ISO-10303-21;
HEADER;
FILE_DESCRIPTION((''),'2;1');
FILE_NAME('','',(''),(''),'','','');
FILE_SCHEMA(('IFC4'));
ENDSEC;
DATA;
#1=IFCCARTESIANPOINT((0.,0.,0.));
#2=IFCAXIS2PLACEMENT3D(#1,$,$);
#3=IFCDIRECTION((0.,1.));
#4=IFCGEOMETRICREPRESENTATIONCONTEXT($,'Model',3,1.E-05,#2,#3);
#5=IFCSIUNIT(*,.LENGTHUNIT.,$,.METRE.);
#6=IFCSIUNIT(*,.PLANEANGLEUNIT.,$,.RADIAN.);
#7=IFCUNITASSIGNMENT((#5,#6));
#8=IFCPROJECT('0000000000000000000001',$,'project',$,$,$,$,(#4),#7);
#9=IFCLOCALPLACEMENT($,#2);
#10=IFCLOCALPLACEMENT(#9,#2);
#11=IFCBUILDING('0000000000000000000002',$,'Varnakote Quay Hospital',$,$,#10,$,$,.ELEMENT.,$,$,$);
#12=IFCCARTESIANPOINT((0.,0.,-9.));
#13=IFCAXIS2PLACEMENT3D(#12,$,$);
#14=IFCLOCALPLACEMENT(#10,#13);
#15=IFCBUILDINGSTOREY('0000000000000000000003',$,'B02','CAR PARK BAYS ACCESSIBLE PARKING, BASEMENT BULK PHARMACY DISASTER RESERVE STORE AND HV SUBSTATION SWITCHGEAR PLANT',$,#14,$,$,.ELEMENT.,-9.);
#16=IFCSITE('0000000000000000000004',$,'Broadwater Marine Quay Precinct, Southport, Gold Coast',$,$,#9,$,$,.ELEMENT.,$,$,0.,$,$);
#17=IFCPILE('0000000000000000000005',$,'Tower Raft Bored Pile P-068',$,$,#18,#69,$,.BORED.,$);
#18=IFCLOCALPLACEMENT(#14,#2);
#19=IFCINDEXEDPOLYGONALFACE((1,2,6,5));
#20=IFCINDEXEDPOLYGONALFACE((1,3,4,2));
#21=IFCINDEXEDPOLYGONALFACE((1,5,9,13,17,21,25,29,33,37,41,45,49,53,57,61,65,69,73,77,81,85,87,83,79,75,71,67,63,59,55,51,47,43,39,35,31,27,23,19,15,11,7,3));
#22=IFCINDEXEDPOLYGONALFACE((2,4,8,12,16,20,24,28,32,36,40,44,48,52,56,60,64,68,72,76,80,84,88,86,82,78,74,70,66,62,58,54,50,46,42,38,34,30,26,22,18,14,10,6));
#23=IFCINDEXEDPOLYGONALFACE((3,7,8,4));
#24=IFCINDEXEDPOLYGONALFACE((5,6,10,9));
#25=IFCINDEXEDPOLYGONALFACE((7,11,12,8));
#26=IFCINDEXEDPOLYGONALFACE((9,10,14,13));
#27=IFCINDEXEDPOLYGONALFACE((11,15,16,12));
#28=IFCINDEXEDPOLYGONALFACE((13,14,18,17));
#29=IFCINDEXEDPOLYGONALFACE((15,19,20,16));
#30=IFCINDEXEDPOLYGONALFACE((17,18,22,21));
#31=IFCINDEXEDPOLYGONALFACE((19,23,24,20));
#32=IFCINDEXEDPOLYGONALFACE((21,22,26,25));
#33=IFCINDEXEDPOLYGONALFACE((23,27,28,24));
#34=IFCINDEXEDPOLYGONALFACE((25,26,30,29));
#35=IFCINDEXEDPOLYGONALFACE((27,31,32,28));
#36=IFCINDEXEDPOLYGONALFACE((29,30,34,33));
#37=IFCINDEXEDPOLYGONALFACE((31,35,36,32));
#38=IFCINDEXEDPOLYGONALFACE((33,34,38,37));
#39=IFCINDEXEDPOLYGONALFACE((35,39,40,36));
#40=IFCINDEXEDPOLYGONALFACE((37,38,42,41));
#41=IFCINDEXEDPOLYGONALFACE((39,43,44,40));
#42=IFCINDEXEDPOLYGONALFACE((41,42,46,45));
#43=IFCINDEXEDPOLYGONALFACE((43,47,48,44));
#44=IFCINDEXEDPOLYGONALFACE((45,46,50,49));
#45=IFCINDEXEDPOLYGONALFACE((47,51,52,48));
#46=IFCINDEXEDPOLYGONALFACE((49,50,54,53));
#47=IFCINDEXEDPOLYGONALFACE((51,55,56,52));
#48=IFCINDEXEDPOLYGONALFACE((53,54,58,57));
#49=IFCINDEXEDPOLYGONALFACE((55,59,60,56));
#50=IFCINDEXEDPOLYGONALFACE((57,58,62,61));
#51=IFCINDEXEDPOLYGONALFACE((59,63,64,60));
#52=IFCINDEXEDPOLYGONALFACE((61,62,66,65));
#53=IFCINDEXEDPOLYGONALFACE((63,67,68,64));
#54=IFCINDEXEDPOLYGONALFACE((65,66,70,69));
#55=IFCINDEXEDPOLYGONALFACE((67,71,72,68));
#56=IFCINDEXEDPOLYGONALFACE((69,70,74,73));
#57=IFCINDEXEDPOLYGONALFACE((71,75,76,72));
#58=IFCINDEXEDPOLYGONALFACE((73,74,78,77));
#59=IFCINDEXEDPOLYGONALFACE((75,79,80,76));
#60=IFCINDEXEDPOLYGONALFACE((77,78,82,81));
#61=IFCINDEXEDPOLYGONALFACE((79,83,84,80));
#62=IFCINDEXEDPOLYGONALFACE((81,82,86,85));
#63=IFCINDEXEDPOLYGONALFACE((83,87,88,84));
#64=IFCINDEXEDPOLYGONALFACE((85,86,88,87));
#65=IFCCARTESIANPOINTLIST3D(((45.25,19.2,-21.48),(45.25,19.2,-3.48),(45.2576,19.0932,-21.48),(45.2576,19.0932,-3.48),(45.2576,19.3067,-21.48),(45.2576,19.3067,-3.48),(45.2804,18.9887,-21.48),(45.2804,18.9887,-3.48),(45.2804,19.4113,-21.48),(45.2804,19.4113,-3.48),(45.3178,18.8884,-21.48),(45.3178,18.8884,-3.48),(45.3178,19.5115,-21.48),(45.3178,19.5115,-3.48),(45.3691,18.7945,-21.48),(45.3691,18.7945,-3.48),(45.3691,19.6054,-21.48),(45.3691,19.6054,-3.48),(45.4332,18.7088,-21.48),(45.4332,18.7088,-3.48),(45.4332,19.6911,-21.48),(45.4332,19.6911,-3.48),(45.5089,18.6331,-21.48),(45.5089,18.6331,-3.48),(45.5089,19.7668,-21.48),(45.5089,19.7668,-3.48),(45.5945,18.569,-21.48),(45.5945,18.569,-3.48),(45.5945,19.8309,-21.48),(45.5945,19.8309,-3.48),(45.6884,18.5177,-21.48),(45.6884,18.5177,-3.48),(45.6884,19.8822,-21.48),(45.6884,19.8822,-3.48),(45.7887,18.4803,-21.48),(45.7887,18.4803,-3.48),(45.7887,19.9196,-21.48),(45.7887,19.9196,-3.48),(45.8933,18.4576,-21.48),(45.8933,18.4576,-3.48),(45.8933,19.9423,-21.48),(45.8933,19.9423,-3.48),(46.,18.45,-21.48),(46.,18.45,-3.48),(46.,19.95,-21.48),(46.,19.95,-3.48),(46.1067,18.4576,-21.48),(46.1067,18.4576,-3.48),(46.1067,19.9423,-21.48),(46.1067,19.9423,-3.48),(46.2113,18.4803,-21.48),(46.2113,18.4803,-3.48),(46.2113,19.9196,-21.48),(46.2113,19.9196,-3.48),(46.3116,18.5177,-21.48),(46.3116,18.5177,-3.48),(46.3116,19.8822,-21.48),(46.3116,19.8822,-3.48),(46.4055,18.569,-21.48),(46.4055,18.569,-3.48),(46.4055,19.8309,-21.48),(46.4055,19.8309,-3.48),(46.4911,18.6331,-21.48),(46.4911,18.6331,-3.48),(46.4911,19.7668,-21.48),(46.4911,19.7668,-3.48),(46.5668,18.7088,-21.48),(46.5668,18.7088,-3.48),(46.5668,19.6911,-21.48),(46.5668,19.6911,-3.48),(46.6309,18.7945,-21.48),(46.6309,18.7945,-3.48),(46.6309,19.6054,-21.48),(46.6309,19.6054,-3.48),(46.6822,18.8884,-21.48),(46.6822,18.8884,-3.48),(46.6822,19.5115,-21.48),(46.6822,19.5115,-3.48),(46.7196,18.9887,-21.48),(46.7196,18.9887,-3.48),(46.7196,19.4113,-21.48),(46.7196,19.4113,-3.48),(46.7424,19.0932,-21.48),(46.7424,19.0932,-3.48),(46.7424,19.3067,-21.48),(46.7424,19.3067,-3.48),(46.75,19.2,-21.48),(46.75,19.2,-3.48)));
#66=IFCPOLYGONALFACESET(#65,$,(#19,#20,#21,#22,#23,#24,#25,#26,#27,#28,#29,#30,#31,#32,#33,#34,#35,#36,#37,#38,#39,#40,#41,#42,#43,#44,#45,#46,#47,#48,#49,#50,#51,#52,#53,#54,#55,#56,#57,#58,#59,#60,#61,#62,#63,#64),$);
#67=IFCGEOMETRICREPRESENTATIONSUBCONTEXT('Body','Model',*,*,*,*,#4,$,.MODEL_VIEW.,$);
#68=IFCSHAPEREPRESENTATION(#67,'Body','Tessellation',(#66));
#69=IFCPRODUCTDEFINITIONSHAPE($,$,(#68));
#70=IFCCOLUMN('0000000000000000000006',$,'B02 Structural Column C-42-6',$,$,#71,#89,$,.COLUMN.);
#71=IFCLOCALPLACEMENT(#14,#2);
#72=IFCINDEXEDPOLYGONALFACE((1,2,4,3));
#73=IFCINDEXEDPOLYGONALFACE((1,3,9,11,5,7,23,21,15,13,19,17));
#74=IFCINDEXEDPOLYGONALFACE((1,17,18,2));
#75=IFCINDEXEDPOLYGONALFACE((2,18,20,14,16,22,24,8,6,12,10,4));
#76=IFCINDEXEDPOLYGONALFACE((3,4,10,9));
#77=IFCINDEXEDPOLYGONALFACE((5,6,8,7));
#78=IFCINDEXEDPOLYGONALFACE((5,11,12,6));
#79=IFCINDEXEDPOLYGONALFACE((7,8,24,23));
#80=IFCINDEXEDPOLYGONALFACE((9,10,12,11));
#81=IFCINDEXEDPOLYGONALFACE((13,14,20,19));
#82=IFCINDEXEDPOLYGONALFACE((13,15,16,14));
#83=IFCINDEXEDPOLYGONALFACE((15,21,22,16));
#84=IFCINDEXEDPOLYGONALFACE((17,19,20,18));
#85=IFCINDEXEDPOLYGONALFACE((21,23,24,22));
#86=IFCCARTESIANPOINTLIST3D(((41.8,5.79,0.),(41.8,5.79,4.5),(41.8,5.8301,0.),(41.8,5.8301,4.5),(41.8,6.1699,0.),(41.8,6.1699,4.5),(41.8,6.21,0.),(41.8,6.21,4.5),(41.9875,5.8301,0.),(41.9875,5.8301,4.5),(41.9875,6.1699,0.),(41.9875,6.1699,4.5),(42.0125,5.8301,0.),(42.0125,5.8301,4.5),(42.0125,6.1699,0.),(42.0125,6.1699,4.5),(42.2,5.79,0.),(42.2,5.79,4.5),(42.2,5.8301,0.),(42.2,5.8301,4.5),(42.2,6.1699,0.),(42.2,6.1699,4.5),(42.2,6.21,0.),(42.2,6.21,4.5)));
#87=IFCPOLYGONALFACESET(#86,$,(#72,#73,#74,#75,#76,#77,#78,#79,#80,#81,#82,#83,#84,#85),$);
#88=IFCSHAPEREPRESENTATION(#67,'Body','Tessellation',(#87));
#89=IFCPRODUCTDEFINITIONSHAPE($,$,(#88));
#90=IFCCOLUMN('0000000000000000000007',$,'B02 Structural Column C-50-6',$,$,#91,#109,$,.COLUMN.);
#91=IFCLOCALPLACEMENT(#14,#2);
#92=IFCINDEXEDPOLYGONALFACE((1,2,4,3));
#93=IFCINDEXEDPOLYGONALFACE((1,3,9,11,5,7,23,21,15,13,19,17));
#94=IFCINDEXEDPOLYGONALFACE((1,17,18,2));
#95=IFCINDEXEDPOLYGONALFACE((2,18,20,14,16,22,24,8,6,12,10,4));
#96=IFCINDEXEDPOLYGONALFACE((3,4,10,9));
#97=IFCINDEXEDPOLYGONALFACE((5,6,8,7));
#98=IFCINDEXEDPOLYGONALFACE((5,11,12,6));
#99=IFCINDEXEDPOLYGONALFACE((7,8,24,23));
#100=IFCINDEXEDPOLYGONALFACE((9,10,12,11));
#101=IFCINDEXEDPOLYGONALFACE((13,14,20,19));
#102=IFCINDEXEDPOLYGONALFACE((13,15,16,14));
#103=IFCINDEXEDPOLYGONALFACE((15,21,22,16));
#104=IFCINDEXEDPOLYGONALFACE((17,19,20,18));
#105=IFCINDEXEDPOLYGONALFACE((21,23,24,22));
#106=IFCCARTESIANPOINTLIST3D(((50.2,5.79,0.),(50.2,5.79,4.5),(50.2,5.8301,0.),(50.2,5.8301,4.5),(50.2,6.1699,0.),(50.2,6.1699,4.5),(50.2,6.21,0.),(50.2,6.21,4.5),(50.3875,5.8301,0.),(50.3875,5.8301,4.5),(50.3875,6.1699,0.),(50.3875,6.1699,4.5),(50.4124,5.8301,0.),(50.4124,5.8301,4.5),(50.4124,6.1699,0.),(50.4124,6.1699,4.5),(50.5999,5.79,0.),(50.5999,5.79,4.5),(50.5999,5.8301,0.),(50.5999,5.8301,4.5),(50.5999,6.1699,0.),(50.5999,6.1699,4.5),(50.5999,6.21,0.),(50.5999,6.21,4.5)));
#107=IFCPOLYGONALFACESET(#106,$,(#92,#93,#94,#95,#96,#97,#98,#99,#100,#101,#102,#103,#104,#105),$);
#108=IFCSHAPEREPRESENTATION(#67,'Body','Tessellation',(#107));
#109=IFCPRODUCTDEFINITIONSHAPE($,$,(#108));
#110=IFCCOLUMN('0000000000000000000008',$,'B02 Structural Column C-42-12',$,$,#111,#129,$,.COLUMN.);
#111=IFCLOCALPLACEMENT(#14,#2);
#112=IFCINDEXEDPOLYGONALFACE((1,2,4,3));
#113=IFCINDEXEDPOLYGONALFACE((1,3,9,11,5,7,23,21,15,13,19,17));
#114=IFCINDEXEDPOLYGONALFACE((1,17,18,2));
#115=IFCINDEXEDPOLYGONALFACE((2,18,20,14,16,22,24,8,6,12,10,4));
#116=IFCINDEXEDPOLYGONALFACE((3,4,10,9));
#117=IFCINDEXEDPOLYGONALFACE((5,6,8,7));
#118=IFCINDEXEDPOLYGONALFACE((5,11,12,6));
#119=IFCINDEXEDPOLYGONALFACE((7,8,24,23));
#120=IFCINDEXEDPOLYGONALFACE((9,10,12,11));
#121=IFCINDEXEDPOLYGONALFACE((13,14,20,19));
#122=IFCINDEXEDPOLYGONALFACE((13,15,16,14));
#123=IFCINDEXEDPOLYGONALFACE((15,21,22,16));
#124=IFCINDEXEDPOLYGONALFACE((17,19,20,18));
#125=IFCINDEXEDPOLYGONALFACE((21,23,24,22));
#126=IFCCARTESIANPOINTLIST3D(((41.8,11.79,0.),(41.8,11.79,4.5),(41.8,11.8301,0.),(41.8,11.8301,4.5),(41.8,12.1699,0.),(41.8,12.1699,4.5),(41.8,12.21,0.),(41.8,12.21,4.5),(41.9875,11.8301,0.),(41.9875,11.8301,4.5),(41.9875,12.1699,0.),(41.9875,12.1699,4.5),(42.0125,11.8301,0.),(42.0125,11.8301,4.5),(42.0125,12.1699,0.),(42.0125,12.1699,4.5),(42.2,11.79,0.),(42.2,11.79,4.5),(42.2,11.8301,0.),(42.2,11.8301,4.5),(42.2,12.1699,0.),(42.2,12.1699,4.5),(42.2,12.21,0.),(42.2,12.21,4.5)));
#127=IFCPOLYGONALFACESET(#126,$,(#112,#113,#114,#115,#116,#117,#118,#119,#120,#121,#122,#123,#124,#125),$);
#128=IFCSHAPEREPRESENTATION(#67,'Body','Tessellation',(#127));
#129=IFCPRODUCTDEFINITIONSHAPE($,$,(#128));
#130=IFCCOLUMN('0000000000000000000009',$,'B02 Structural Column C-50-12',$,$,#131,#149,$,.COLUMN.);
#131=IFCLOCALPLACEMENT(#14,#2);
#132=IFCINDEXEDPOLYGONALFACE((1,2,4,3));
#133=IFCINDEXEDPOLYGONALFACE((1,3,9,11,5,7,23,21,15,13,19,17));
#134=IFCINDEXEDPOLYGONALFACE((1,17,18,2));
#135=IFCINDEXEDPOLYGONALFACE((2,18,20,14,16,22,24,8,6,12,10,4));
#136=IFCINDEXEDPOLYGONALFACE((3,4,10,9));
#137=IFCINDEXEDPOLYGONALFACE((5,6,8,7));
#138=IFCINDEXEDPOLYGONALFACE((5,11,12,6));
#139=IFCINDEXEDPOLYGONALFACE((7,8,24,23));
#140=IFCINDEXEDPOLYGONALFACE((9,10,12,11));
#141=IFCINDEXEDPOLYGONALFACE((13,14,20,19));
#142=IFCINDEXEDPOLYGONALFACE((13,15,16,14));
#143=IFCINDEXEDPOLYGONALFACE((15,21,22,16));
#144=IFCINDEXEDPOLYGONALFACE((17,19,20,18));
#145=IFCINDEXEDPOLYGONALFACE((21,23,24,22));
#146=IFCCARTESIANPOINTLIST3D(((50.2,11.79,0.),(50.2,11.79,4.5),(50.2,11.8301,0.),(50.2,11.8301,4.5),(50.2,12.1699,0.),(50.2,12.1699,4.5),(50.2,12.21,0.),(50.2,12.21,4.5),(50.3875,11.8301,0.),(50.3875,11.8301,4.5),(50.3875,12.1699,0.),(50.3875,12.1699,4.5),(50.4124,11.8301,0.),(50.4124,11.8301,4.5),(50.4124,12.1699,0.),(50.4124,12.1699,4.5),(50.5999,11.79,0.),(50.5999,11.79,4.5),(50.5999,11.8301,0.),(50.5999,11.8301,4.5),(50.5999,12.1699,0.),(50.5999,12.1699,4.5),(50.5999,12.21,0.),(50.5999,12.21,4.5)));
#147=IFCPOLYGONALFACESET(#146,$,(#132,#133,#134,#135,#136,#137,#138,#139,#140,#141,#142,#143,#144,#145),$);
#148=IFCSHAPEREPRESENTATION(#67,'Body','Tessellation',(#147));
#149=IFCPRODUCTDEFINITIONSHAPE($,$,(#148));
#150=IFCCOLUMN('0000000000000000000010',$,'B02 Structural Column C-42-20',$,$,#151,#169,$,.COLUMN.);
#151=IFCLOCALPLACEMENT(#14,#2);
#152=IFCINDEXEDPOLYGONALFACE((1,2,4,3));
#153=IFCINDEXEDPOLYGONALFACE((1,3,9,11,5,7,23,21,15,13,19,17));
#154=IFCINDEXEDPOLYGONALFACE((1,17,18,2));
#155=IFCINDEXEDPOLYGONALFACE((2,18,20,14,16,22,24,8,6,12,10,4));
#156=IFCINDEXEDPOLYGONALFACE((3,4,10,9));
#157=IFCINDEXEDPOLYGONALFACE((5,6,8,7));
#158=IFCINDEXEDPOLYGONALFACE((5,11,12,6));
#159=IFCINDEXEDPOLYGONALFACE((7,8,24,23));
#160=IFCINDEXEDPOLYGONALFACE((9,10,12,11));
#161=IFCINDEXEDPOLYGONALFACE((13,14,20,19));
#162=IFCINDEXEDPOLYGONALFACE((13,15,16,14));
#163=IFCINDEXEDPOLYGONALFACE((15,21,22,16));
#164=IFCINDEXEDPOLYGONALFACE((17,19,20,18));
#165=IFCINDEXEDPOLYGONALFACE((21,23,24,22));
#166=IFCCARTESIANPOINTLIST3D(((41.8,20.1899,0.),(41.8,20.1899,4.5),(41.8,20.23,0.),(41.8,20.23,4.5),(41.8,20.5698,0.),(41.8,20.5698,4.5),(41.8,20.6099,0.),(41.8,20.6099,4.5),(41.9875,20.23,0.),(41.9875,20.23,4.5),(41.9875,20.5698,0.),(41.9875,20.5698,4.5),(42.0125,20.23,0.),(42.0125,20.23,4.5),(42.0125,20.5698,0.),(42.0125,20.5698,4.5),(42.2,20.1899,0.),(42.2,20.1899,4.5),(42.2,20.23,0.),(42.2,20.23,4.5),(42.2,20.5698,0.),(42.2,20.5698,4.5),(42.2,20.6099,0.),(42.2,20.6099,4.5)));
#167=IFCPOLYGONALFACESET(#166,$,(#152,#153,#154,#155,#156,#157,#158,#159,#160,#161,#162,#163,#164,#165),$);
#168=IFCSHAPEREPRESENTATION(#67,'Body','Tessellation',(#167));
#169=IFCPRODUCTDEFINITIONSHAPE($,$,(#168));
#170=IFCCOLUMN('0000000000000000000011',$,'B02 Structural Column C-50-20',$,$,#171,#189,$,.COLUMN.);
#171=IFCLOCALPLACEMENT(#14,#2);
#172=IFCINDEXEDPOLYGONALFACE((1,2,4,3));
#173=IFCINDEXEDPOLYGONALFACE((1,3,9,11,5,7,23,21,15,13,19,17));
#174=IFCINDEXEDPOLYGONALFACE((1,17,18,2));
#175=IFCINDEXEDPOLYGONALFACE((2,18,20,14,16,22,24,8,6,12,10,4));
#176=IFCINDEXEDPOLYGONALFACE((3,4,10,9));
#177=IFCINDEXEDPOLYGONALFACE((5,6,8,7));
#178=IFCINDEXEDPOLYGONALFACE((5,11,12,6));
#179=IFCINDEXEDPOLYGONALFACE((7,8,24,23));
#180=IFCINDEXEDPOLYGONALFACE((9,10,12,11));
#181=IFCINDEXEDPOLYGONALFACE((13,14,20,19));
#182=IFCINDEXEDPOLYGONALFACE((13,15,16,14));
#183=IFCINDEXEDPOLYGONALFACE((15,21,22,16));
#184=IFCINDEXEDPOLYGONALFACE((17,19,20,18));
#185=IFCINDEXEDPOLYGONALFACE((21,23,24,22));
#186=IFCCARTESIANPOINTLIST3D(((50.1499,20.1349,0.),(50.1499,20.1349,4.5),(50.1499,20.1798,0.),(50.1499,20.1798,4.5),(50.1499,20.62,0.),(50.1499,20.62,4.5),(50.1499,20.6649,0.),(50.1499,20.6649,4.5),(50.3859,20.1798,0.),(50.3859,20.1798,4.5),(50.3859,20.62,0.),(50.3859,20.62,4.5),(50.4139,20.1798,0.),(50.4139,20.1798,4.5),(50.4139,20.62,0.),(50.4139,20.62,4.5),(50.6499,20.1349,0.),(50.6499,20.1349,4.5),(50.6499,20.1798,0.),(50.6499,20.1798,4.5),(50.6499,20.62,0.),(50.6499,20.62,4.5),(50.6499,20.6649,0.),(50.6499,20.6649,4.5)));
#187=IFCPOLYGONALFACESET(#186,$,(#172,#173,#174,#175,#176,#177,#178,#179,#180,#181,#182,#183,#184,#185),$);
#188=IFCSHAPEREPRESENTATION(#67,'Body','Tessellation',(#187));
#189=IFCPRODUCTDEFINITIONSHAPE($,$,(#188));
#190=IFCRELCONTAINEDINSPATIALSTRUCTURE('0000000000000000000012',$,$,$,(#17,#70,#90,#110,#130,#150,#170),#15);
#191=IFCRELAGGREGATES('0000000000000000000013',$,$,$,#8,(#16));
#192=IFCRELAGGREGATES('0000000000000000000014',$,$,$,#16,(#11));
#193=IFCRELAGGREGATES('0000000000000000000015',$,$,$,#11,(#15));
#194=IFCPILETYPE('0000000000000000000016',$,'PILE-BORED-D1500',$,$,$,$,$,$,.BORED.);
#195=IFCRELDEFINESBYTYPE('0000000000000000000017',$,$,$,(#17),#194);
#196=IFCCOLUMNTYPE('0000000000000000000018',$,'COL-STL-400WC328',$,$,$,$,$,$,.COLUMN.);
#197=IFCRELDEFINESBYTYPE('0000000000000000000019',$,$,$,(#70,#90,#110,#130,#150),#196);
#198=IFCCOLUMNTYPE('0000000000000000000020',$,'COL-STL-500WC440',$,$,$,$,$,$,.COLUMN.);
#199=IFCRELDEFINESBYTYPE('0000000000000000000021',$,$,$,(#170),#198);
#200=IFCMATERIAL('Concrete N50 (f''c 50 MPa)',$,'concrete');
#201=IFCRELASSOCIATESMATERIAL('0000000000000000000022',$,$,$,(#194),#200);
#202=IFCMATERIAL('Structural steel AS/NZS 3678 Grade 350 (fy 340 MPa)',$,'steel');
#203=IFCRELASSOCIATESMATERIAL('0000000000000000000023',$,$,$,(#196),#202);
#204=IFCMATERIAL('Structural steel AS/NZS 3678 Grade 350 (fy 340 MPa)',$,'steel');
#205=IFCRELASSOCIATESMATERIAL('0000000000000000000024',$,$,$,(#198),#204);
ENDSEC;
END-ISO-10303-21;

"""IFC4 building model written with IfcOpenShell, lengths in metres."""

from ifc_helpers import new_model, si_unit, direction, frame, origin, origin_2d, place, context, subcontext, project, spatial, circle, i_section, extrude, material, material_profile, profile_set, type_object, element, save


model = new_model("IFC4")

# Units and contexts
model_context = context("Model", 3, precision=1e-05, world=origin(), true_north=direction((0.0, 1.0)))
body_context = subcontext(model_context, "Body", "Model", "MODEL_VIEW")
ifc_project = project(units=[si_unit("LENGTHUNIT", "METRE"), si_unit("PLANEANGLEUNIT", "RADIAN")], contexts=[model_context])

# Site, building, storey
site_placement = place(None, origin())
site = spatial("IfcSite", under=ifc_project, at=site_placement, Name="Broadwater Marine Quay Precinct, Southport, Gold Coast", CompositionType="ELEMENT", RefElevation=0.0)
building_placement = place(site_placement, origin())
building = spatial("IfcBuilding", under=site, at=building_placement, Name="Varnakote Quay Hospital", CompositionType="ELEMENT")
storey_placement = place(building_placement, frame((0.0, 0.0, -9.0)))
storey = spatial("IfcBuildingStorey", under=building, at=storey_placement, Name="B02", Description="CAR PARK BAYS ACCESSIBLE PARKING, BASEMENT BULK PHARMACY DISASTER RESERVE STORE AND HV SUBSTATION SWITCHGEAR PLANT", CompositionType="ELEMENT", Elevation=-9.0)

# Pile
ifc_material_1 = material(Name="Concrete N50 (f'c 50 MPa)", Category="concrete")
ifc_material_profile_1 = material_profile(ifc_material_1, circle(Radius=0.75, at=origin_2d()), Name="PILE-D1500")
ifc_profile_set_1 = profile_set([ifc_material_profile_1], Name="Concrete N50 (f'c 50 MPa)")
pile_type = type_object("IfcPileType", Name="PILE-BORED-D1500", PredefinedType="BORED", material=ifc_profile_set_1)
for number, where, z_axis, x_axis, name in (
    (1, (46.0, 19.2, -3.48), (0.0, 0.0, -1.0), (1.0, 0.0, 0.0), "Tower Raft Bored Pile P-068"),
):
    element("IfcPile", number, at=place(storey_placement, frame(where, z_axis=z_axis, x_axis=x_axis)), inside=storey, type_object=pile_type, Name=name, PredefinedType="BORED", context=body_context, shape_type="SweptSolid", body=[
        extrude(circle(Radius=0.75, at=origin_2d()), origin(), (0.0, 0.0, 1.0), 18.0),
    ])

# Columns
ifc_material_2 = material(Name="Structural steel AS/NZS 3678 Grade 350 (fy 340 MPa)", Category="steel")
ifc_material_profile_2 = material_profile(ifc_material_2, i_section(OverallWidth=0.3999, OverallDepth=0.4199, WebThickness=0.0249, FlangeThickness=0.04, at=origin_2d()), Name="400WC328")
ifc_profile_set_2 = profile_set([ifc_material_profile_2], Name="Structural steel AS/NZS 3678 Grade 350 (fy 340 MPa)")
column_type_1 = type_object("IfcColumnType", Name="COL-STL-400WC328", PredefinedType="COLUMN", material=ifc_profile_set_2)
for number, where, z_axis, x_axis, name in (
    (2, (42.0, 6.0, 0.0), (0.0, 0.0, 1.0), (1.0, 0.0, 0.0), "B02 Structural Column C-42-6"),
    (3, (50.3999, 6.0, 0.0), (0.0, 0.0, 1.0), (1.0, 0.0, 0.0), "B02 Structural Column C-50-6"),
    (4, (42.0, 12.0, 0.0), (0.0, 0.0, 1.0), (1.0, 0.0, 0.0), "B02 Structural Column C-42-12"),
    (5, (50.3999, 12.0, 0.0), (0.0, 0.0, 1.0), (1.0, 0.0, 0.0), "B02 Structural Column C-50-12"),
    (6, (42.0, 20.3999, 0.0), (0.0, 0.0, 1.0), (1.0, 0.0, 0.0), "B02 Structural Column C-42-20"),
):
    element("IfcColumn", number, at=place(storey_placement, frame(where, z_axis=z_axis, x_axis=x_axis)), inside=storey, type_object=column_type_1, Name=name, PredefinedType="COLUMN", context=body_context, shape_type="SweptSolid", body=[
        extrude(i_section(OverallWidth=0.3999, OverallDepth=0.4199, WebThickness=0.0249, FlangeThickness=0.04, at=origin_2d()), origin(), (0.0, 0.0, 1.0), 4.5),
    ])
ifc_material_3 = material(Name="Structural steel AS/NZS 3678 Grade 350 (fy 340 MPa)", Category="steel")
ifc_material_profile_3 = material_profile(ifc_material_3, i_section(OverallWidth=0.5, OverallDepth=0.53, WebThickness=0.0281, FlangeThickness=0.0449, at=origin_2d()), Name="500WC440")
ifc_profile_set_3 = profile_set([ifc_material_profile_3], Name="Structural steel AS/NZS 3678 Grade 350 (fy 340 MPa)")
column_type_2 = type_object("IfcColumnType", Name="COL-STL-500WC440", PredefinedType="COLUMN", material=ifc_profile_set_3)
column_placement = place(storey_placement, frame((50.3999, 20.3999, 0.0), z_axis=(0.0, 0.0, 1.0), x_axis=(1.0, 0.0, 0.0)))
element("IfcColumn", 7, at=column_placement, inside=storey, type_object=column_type_2, Name="B02 Structural Column C-50-20", PredefinedType="COLUMN", context=body_context, shape_type="SweptSolid", body=[
    extrude(i_section(OverallWidth=0.5, OverallDepth=0.53, WebThickness=0.0281, FlangeThickness=0.0449, at=origin_2d()), origin(), (0.0, 0.0, 1.0), 4.5),
])

save(model, "model.ifc")
